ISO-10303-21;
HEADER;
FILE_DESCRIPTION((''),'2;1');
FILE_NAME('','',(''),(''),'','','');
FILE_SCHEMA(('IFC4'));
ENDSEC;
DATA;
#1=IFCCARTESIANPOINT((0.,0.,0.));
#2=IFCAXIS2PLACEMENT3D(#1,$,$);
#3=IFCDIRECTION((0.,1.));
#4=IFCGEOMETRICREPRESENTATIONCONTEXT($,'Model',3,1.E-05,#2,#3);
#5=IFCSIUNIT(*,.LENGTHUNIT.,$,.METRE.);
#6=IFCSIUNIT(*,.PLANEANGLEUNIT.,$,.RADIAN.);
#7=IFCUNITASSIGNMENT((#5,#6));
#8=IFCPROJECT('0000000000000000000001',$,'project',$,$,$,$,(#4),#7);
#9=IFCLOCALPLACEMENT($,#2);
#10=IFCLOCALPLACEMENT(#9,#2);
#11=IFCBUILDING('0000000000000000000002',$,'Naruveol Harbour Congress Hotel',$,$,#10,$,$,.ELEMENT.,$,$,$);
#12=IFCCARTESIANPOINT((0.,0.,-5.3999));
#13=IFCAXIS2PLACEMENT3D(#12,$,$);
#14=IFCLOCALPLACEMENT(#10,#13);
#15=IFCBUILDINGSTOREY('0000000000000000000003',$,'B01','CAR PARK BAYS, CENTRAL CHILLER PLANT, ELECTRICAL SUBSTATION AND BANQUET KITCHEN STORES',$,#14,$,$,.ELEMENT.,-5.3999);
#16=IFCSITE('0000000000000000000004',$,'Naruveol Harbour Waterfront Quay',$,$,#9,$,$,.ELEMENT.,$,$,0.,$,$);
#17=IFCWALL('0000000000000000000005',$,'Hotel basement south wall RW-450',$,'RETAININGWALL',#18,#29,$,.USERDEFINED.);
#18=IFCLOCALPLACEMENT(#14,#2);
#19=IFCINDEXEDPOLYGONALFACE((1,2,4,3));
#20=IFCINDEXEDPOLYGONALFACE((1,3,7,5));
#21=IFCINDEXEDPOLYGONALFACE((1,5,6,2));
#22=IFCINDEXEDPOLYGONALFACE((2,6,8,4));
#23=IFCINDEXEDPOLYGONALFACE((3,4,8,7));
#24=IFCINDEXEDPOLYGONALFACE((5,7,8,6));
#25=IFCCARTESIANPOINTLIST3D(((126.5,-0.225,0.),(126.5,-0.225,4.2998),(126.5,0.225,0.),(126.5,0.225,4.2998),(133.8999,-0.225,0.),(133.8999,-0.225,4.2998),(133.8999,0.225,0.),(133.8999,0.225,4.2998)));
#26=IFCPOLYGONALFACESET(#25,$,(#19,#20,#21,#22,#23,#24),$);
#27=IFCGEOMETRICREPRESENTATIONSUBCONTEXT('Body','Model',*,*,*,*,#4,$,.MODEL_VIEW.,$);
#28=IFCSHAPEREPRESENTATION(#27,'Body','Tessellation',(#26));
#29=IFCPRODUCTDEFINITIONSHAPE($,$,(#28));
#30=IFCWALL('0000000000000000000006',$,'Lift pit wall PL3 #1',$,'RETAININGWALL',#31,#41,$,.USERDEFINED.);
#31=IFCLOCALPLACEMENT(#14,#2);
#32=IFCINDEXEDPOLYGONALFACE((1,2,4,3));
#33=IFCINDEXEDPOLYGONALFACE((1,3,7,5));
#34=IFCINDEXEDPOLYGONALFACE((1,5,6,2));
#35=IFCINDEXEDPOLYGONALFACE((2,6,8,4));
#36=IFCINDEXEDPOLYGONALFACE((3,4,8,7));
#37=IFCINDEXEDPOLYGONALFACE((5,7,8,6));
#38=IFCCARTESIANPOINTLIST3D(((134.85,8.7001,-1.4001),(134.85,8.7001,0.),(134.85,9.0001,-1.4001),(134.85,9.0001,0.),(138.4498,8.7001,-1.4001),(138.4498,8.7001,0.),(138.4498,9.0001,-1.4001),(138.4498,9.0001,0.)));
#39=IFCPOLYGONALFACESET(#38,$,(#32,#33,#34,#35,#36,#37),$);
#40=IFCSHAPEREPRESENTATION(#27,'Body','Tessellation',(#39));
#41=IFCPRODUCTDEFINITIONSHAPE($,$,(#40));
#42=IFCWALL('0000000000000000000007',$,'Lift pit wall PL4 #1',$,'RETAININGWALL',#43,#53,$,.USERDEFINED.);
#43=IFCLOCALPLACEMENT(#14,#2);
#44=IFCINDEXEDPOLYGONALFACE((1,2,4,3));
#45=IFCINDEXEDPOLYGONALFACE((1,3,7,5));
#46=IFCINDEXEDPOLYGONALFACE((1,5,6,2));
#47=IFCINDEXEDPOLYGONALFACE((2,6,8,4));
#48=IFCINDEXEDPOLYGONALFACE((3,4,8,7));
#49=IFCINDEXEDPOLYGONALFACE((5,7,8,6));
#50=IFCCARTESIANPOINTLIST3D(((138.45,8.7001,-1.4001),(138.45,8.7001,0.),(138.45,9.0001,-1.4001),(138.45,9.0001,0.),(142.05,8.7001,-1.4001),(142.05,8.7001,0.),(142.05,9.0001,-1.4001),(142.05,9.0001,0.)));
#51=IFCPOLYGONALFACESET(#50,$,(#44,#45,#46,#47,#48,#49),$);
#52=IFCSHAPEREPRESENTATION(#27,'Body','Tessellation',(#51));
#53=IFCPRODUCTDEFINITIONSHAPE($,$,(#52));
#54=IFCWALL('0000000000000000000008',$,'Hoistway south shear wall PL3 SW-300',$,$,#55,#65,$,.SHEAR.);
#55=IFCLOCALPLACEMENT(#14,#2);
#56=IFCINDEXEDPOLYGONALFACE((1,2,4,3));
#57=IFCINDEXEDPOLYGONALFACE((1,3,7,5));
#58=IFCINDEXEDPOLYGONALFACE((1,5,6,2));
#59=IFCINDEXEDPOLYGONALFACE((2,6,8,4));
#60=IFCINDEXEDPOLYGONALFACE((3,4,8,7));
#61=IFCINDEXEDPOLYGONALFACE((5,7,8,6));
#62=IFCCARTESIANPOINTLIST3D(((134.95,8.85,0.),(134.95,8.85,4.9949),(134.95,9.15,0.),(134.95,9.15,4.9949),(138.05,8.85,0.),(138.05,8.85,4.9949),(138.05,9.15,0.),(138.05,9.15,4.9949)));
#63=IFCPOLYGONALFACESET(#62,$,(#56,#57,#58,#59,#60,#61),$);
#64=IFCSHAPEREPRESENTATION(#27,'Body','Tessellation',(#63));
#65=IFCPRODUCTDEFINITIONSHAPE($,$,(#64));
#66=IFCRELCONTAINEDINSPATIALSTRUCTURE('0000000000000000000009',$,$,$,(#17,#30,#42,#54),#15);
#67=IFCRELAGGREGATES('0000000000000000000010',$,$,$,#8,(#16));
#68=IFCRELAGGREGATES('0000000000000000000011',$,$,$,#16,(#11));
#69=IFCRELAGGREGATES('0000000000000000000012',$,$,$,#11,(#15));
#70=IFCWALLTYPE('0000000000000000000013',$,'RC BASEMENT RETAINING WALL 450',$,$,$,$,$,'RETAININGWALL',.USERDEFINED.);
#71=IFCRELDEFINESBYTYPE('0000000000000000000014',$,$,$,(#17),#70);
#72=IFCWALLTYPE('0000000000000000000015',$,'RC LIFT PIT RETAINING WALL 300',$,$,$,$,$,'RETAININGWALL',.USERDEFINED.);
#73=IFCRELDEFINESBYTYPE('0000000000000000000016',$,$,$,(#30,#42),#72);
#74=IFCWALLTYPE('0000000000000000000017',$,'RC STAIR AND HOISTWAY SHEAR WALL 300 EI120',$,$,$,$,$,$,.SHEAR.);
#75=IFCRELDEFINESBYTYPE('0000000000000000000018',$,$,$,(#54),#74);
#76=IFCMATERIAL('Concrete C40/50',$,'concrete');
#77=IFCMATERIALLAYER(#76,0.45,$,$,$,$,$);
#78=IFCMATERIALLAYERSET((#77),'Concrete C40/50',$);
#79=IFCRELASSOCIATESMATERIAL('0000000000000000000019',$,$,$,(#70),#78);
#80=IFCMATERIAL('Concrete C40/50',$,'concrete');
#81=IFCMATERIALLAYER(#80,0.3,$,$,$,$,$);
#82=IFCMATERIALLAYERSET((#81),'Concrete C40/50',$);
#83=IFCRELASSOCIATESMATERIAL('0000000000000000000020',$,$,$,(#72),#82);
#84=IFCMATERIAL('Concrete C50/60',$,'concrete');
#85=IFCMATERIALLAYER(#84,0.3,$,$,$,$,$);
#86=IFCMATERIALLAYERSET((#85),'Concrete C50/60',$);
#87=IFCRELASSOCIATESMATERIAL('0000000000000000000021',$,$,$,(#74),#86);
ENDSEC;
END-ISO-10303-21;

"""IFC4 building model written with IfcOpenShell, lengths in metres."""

from ifc_helpers import new_model, si_unit, direction, frame, frame_2d, origin, place, context, subcontext, project, spatial, rectangle, extrude, material, layer, layer_set, type_object, element, save


model = new_model("IFC4")

# Units and contexts
model_context = context("Model", 3, precision=1e-05, world=origin(), true_north=direction((0.0, 1.0)))
body_context = subcontext(model_context, "Body", "Model", "MODEL_VIEW")
ifc_project = project(units=[si_unit("LENGTHUNIT", "METRE"), si_unit("PLANEANGLEUNIT", "RADIAN")], contexts=[model_context])

# Site, building, storey
site_placement = place(None, origin())
site = spatial("IfcSite", under=ifc_project, at=site_placement, Name="Naruveol Harbour Waterfront Quay", CompositionType="ELEMENT", RefElevation=0.0)
building_placement = place(site_placement, origin())
building = spatial("IfcBuilding", under=site, at=building_placement, Name="Naruveol Harbour Congress Hotel", CompositionType="ELEMENT")
storey_placement = place(building_placement, frame((0.0, 0.0, -5.3999)))
storey = spatial("IfcBuildingStorey", under=building, at=storey_placement, Name="B01", Description="CAR PARK BAYS, CENTRAL CHILLER PLANT, ELECTRICAL SUBSTATION AND BANQUET KITCHEN STORES", CompositionType="ELEMENT", Elevation=-5.3999)

# Walls
ifc_material_1 = material(Name="Concrete C40/50", Category="concrete")
ifc_layer_1 = layer(ifc_material_1, 0.45)
ifc_layer_set_1 = layer_set([ifc_layer_1], Name="Concrete C40/50")
wall_type_1 = type_object("IfcWallType", Name="RC BASEMENT RETAINING WALL 450", ElementType="RETAININGWALL", PredefinedType="USERDEFINED", material=ifc_layer_set_1)
wall_1_placement = place(storey_placement, frame((133.8999, 0.0, 0.0), z_axis=(0.0, 0.0, 1.0), x_axis=(-1.0, 0.0, 0.0)))
element("IfcWall", 1, at=wall_1_placement, inside=storey, type_object=wall_type_1, Name="Hotel basement south wall RW-450", ObjectType="RETAININGWALL", PredefinedType="USERDEFINED", context=body_context, shape_type="SweptSolid", body=[
    extrude(rectangle(XDim=7.3999, YDim=0.45, at=frame_2d((3.7, 0.0))), origin(), (0.0, 0.0, 1.0), 4.2998),
])
ifc_material_2 = material(Name="Concrete C40/50", Category="concrete")
ifc_layer_2 = layer(ifc_material_2, 0.3)
ifc_layer_set_2 = layer_set([ifc_layer_2], Name="Concrete C40/50")
wall_type_2 = type_object("IfcWallType", Name="RC LIFT PIT RETAINING WALL 300", ElementType="RETAININGWALL", PredefinedType="USERDEFINED", material=ifc_layer_set_2)
wall_2_placement = place(storey_placement, frame((134.8501, 8.8501, -1.4001), z_axis=(0.0, 0.0, 1.0), x_axis=(1.0, 0.0, 0.0)))
element("IfcWall", 2, at=wall_2_placement, inside=storey, type_object=wall_type_2, Name="Lift pit wall PL3 #1", ObjectType="RETAININGWALL", PredefinedType="USERDEFINED", context=body_context, shape_type="SweptSolid", body=[
    extrude(rectangle(XDim=3.5999, YDim=0.3, at=frame_2d((1.7998, 0.0))), origin(), (0.0, 0.0, 1.0), 1.4001),
])
wall_3_placement = place(storey_placement, frame((138.45, 8.8501, -1.4001), z_axis=(0.0, 0.0, 1.0), x_axis=(1.0, 0.0, 0.0)))
element("IfcWall", 3, at=wall_3_placement, inside=storey, type_object=wall_type_2, Name="Lift pit wall PL4 #1", ObjectType="RETAININGWALL", PredefinedType="USERDEFINED", context=body_context, shape_type="SweptSolid", body=[
    extrude(rectangle(XDim=3.6001, YDim=0.3, at=frame_2d((1.8, 0.0))), origin(), (0.0, 0.0, 1.0), 1.4001),
])
ifc_material_3 = material(Name="Concrete C50/60", Category="concrete")
ifc_layer_3 = layer(ifc_material_3, 0.3)
ifc_layer_set_3 = layer_set([ifc_layer_3], Name="Concrete C50/60")
wall_type_3 = type_object("IfcWallType", Name="RC STAIR AND HOISTWAY SHEAR WALL 300 EI120", PredefinedType="SHEAR", material=ifc_layer_set_3)
wall_4_placement = place(storey_placement, frame((134.95, 9.0, 0.0), z_axis=(0.0, 0.0, 1.0), x_axis=(1.0, 0.0, 0.0)))
element("IfcWall", 4, at=wall_4_placement, inside=storey, type_object=wall_type_3, Name="Hoistway south shear wall PL3 SW-300", PredefinedType="SHEAR", context=body_context, shape_type="SweptSolid", body=[
    extrude(rectangle(XDim=3.1001, YDim=0.3, at=frame_2d((1.55, 0.0))), origin(), (0.0, 0.0, 1.0), 4.9949),
])

save(model, "model.ifc")
